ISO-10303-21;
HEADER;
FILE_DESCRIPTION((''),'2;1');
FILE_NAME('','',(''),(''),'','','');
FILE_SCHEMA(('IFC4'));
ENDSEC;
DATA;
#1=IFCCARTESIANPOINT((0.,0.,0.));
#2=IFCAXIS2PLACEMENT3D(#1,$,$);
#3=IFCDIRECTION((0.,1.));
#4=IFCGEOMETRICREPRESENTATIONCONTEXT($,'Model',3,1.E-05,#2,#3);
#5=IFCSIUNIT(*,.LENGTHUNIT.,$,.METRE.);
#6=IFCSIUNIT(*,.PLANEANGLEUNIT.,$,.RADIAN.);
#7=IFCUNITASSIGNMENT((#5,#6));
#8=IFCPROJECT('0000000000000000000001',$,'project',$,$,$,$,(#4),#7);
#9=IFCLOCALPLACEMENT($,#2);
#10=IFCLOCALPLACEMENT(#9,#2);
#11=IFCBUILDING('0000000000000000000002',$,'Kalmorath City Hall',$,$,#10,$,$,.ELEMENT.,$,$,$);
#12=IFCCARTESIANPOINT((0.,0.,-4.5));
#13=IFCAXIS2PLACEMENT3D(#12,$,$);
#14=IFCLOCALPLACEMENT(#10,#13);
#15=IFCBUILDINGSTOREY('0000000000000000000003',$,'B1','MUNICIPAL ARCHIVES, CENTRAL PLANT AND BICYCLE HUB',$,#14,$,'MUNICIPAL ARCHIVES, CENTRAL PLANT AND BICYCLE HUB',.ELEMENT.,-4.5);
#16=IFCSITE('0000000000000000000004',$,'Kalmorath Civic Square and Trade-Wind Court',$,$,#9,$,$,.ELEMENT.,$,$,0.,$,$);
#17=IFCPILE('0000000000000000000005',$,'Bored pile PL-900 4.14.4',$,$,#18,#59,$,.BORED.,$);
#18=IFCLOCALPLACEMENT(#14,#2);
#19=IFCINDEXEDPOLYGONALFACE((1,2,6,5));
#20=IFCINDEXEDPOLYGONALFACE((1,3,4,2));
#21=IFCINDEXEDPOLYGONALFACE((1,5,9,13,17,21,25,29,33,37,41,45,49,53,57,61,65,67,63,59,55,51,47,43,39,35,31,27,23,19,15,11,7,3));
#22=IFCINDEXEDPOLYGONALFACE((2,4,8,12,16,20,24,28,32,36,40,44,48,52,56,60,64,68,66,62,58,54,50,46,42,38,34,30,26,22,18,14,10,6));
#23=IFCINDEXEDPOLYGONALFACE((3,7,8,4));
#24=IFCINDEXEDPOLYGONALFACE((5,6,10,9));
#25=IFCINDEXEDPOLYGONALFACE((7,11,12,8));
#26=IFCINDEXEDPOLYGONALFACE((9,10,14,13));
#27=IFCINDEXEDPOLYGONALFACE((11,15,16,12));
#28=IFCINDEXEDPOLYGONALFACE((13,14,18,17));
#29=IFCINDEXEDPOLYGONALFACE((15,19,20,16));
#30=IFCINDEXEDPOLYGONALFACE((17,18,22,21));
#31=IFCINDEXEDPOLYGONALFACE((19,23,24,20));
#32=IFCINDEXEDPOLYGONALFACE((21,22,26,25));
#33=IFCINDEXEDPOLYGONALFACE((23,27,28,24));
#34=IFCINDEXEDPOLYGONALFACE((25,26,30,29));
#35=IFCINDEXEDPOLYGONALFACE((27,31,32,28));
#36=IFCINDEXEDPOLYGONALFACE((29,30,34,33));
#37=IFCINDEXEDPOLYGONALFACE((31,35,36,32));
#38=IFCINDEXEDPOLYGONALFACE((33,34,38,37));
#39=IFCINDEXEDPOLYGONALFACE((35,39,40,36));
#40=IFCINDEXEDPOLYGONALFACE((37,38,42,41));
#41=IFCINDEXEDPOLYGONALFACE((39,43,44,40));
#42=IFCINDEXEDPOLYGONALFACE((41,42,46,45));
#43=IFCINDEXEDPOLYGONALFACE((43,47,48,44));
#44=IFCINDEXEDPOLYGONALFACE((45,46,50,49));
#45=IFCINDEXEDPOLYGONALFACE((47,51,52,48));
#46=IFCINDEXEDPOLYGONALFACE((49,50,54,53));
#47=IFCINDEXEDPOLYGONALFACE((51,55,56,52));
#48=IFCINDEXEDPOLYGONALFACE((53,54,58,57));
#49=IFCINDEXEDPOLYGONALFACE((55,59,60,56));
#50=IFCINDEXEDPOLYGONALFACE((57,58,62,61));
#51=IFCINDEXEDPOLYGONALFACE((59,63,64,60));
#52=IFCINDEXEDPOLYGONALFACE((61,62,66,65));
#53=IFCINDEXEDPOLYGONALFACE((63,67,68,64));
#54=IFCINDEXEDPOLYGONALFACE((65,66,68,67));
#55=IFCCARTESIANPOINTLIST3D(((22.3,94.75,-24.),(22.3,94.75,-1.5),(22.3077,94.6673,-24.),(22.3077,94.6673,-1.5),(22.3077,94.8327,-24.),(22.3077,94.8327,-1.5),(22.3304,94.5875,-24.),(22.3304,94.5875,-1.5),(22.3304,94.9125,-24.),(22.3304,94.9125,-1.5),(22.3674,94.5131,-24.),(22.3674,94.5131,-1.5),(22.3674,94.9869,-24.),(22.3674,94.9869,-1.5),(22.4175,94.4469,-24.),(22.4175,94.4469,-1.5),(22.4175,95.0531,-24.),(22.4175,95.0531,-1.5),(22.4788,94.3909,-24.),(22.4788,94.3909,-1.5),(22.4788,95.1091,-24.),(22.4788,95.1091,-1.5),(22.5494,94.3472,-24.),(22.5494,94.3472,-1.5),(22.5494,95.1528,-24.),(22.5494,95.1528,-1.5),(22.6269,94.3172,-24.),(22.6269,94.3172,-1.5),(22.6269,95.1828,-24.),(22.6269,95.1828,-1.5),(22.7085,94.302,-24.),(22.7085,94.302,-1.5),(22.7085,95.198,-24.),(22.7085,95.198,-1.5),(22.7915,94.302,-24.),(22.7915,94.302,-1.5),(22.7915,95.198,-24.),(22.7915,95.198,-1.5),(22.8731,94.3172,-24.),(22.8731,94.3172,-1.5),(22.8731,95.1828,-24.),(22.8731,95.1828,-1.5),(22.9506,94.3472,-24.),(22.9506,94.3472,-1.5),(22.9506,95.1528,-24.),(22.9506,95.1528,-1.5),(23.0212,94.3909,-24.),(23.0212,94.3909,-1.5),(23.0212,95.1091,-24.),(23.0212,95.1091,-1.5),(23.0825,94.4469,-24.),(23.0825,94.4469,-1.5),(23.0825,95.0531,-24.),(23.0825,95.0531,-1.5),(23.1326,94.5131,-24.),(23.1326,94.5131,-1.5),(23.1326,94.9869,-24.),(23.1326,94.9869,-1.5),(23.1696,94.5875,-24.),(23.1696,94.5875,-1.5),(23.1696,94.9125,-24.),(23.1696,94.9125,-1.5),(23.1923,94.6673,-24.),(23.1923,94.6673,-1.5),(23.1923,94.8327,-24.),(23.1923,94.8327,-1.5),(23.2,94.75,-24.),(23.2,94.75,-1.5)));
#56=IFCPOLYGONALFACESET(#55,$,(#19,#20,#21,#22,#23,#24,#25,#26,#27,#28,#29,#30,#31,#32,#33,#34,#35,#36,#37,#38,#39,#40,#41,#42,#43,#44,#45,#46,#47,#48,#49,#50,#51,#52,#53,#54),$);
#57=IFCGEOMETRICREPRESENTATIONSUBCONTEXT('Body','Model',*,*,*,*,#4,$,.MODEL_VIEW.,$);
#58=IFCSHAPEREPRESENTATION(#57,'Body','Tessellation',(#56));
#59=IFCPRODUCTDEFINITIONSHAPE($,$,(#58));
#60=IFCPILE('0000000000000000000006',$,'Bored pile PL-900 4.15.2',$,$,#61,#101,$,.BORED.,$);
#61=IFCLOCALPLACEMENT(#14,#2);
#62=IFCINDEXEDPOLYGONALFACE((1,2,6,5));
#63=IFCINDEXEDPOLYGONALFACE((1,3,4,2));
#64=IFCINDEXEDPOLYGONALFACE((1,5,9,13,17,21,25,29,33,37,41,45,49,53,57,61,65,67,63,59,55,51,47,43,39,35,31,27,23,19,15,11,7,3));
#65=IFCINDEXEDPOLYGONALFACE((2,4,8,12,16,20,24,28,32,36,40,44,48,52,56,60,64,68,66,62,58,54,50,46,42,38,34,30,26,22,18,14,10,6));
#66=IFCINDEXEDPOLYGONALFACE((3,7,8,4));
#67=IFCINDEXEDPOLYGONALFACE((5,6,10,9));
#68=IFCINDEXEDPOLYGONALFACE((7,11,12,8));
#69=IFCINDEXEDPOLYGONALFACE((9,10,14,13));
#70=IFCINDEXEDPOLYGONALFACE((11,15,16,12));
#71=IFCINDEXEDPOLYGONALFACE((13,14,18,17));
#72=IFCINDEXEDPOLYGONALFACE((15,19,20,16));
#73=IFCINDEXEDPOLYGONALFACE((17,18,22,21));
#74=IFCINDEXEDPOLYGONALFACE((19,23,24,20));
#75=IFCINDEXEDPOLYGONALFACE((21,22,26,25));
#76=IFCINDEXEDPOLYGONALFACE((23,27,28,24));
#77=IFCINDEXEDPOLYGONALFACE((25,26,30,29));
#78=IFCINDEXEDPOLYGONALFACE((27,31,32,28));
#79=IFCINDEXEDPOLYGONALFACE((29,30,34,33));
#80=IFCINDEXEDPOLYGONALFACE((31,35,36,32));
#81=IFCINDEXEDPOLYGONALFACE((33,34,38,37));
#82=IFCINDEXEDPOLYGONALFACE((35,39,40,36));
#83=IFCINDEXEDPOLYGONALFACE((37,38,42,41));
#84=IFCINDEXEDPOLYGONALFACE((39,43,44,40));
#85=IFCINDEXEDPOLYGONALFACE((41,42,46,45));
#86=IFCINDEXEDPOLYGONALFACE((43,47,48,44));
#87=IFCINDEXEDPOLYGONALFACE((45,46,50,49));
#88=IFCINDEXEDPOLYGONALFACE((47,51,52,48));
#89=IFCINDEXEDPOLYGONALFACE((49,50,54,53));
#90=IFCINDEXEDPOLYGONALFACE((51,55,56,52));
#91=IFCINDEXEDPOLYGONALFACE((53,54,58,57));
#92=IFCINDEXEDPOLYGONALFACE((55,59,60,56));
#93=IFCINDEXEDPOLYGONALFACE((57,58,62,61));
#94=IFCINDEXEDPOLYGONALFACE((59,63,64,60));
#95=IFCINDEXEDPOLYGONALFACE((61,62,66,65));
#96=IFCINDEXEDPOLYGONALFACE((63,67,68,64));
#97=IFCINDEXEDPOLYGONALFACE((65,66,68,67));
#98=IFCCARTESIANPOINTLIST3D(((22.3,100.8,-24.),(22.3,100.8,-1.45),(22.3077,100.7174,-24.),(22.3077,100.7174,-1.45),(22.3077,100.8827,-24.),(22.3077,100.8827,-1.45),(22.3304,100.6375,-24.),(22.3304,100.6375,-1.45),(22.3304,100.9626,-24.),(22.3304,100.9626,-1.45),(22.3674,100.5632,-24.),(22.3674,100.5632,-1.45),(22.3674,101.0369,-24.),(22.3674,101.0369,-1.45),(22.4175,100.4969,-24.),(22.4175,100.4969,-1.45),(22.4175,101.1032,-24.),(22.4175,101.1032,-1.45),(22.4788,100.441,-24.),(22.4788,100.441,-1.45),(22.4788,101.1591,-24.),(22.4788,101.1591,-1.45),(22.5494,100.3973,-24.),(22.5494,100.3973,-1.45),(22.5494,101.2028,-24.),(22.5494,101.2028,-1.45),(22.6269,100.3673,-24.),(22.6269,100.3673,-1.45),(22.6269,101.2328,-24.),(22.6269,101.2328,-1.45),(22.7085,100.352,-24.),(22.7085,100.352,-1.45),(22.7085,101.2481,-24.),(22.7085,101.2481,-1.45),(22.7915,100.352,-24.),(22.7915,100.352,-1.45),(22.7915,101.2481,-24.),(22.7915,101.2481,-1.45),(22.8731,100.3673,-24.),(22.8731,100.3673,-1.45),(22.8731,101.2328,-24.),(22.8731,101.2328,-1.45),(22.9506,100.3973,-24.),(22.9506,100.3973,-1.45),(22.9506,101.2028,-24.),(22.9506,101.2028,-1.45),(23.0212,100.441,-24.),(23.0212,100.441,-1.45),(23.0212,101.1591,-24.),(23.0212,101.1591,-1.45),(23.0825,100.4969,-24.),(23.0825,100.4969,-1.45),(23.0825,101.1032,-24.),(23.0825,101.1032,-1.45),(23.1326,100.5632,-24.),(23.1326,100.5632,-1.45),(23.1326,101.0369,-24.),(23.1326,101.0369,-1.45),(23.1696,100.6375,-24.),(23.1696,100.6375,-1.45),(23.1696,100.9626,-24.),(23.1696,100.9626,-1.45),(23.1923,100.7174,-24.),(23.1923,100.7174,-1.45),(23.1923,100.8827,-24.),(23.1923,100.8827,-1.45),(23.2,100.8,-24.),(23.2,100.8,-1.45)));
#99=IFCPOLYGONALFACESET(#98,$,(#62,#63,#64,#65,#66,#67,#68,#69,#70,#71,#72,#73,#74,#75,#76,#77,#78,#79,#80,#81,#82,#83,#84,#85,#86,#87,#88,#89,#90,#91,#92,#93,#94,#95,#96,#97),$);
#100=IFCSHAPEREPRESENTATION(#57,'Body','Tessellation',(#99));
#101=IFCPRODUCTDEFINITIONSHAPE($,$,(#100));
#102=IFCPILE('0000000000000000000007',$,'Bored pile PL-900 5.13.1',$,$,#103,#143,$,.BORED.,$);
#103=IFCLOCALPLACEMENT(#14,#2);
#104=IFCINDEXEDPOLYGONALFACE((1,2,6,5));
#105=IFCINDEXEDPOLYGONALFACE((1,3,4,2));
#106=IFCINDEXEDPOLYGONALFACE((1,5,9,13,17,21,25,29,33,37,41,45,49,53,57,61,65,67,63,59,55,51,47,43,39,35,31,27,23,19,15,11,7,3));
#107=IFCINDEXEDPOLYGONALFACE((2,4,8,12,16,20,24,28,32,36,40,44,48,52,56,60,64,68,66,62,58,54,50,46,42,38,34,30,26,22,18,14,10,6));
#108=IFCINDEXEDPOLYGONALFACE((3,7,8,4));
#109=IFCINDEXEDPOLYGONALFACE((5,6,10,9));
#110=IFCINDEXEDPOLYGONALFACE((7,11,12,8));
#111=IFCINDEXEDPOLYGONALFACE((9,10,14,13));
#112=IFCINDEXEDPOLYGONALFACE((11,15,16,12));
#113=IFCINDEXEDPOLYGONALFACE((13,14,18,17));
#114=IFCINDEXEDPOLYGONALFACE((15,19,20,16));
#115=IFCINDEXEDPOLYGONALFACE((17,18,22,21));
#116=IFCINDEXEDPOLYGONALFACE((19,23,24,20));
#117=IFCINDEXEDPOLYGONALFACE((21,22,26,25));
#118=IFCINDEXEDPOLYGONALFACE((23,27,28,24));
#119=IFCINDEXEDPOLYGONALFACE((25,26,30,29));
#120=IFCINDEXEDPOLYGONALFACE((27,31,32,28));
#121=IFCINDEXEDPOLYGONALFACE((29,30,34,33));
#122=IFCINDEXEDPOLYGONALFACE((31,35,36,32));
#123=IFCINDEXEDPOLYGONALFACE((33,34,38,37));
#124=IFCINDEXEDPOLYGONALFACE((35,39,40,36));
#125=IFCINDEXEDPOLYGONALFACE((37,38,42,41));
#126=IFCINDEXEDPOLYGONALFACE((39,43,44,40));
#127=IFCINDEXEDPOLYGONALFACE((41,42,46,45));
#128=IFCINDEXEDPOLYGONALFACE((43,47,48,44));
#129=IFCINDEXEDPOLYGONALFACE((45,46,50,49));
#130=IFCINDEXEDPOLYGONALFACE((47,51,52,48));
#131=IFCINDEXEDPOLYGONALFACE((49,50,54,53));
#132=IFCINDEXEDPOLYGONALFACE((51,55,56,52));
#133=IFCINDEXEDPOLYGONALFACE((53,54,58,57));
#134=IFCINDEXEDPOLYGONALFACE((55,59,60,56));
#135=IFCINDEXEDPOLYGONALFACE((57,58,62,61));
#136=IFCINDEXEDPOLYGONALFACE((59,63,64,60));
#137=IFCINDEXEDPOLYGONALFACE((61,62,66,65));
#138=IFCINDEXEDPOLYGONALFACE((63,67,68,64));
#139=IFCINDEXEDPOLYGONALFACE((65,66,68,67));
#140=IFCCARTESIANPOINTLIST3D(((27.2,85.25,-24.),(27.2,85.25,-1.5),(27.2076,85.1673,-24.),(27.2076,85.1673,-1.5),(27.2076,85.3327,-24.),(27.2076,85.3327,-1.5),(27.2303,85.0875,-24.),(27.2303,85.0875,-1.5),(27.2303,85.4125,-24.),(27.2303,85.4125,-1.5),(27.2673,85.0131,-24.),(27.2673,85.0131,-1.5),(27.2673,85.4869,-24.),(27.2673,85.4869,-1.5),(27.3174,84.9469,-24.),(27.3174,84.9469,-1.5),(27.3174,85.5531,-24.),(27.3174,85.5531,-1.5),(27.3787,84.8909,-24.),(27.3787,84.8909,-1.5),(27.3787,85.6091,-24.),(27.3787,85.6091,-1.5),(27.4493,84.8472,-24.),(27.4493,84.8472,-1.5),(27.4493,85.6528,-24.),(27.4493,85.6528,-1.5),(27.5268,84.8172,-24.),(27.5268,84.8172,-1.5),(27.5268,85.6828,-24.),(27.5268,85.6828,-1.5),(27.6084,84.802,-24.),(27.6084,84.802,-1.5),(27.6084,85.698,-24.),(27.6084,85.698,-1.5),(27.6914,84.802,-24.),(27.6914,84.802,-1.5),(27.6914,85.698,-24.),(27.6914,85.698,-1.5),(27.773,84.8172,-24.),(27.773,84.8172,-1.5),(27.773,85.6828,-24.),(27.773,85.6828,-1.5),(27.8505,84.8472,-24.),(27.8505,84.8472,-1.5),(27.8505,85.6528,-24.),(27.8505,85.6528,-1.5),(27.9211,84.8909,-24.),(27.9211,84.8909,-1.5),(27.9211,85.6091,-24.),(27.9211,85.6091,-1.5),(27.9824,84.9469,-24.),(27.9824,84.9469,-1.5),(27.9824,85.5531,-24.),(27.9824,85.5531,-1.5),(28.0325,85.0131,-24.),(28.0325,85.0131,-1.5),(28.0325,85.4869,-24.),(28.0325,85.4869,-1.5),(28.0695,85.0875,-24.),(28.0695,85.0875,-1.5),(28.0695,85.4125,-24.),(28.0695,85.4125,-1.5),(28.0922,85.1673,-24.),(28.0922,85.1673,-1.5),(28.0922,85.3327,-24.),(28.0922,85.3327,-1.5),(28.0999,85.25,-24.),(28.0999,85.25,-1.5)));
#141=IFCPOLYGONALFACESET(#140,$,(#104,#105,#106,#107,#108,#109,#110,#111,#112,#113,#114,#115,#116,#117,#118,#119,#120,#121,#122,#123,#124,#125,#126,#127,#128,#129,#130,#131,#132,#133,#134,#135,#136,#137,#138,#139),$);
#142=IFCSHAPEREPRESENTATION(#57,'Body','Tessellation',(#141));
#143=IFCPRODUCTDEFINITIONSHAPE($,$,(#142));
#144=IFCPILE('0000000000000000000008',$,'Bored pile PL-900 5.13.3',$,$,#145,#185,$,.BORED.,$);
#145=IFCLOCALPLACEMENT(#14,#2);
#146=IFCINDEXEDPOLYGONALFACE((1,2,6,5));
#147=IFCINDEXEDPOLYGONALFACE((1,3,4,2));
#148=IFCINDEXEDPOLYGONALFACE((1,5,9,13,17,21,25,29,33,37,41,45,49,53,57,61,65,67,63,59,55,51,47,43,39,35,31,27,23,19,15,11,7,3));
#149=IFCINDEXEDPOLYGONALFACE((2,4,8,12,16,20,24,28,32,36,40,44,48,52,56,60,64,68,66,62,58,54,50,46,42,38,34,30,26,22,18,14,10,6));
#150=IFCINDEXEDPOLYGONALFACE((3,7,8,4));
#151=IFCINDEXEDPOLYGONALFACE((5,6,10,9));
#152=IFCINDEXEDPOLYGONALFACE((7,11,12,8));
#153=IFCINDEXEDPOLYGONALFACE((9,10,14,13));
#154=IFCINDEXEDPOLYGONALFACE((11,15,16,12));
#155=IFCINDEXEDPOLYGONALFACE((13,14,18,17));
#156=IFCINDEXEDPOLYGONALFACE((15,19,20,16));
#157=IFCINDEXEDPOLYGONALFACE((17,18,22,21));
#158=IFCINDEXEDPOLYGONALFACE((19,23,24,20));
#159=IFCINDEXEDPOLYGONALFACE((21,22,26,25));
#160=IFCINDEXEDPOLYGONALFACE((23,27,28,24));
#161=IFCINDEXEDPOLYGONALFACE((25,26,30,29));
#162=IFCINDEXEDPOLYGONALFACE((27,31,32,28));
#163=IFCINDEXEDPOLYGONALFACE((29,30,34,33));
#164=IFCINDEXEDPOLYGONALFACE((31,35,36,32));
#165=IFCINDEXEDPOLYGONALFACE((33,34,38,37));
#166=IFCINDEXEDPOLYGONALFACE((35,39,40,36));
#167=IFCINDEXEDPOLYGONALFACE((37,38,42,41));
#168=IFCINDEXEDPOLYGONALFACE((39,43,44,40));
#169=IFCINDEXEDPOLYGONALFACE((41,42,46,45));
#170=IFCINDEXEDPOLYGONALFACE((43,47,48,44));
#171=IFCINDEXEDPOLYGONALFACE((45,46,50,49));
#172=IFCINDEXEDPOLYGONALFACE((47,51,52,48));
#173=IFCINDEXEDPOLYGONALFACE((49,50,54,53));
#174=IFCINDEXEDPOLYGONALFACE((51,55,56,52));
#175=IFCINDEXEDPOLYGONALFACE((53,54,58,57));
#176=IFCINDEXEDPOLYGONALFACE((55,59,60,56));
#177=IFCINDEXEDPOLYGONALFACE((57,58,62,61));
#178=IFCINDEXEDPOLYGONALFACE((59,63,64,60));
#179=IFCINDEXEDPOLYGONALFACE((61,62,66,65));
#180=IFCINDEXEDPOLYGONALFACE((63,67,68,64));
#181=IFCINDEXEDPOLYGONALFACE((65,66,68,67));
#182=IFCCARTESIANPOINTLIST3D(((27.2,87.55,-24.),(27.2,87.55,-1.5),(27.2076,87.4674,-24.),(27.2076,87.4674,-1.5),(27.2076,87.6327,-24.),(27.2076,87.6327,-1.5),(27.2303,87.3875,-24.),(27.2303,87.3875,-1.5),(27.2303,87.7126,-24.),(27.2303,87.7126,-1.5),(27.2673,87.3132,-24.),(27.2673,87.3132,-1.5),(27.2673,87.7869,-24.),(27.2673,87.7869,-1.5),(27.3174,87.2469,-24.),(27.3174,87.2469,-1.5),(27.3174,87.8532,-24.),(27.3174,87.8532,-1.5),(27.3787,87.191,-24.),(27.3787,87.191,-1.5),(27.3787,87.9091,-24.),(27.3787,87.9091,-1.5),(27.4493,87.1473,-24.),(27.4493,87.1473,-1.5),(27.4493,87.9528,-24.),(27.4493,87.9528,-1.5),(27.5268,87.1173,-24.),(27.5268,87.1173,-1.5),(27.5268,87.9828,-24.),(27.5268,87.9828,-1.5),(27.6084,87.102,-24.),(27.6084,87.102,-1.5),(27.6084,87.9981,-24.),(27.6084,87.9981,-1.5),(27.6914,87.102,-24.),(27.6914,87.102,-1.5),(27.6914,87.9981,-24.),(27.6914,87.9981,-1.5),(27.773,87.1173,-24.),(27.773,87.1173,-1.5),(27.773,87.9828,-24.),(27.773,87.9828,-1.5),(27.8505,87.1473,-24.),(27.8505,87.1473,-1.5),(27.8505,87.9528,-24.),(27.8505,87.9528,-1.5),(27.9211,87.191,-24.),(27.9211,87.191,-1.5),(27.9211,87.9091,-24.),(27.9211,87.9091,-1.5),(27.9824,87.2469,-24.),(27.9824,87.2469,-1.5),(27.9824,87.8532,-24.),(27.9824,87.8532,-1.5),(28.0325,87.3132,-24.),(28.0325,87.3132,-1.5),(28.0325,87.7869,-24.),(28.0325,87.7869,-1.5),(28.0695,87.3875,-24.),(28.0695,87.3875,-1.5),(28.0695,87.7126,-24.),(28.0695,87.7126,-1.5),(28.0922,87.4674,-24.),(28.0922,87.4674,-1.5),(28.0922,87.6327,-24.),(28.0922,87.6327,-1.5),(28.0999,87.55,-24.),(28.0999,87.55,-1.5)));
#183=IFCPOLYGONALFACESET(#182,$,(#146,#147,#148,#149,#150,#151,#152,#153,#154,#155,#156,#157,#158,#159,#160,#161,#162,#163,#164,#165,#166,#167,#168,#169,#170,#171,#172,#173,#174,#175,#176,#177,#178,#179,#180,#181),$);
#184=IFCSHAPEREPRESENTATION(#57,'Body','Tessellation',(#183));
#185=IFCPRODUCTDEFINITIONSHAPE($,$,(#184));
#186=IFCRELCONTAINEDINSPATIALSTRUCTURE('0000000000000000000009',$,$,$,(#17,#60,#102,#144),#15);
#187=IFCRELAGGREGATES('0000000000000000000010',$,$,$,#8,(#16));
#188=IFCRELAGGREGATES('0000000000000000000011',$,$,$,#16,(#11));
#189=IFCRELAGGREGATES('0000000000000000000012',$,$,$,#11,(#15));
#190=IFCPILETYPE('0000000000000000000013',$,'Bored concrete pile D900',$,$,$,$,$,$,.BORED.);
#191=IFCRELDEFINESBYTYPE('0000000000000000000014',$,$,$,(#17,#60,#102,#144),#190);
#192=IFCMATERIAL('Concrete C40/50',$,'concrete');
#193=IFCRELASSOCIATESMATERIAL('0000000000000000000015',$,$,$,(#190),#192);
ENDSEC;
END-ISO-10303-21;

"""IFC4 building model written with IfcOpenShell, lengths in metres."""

from ifc_helpers import new_model, si_unit, direction, frame, origin, origin_2d, place, context, subcontext, project, spatial, circle, extrude, material, material_profile, profile_set, type_object, element, save


model = new_model("IFC4")

# Units and contexts
model_context = context("Model", 3, precision=1e-05, world=origin(), true_north=direction((0.0, 1.0)))
body_context = subcontext(model_context, "Body", "Model", "MODEL_VIEW")
ifc_project = project(units=[si_unit("LENGTHUNIT", "METRE"), si_unit("PLANEANGLEUNIT", "RADIAN")], contexts=[model_context])

# Site, building, storey
site_placement = place(None, origin())
site = spatial("IfcSite", under=ifc_project, at=site_placement, Name="Kalmorath Civic Square and Trade-Wind Court", CompositionType="ELEMENT", RefElevation=0.0)
building_placement = place(site_placement, origin())
building = spatial("IfcBuilding", under=site, at=building_placement, Name="Kalmorath City Hall", CompositionType="ELEMENT")
storey_placement = place(building_placement, frame((0.0, 0.0, -4.5)))
storey = spatial("IfcBuildingStorey", under=building, at=storey_placement, Name="B1", Description="MUNICIPAL ARCHIVES, CENTRAL PLANT AND BICYCLE HUB", LongName="MUNICIPAL ARCHIVES, CENTRAL PLANT AND BICYCLE HUB", CompositionType="ELEMENT", Elevation=-4.5)

# Piles
ifc_material_1 = material(Name="Concrete C40/50", Category="concrete")
ifc_material_profile_1 = material_profile(ifc_material_1, circle(Radius=0.45, at=origin_2d()), Name="PILE-D900")
ifc_profile_set_1 = profile_set([ifc_material_profile_1], Name="Concrete C40/50")
pile_type = type_object("IfcPileType", Name="Bored concrete pile D900", PredefinedType="BORED", material=ifc_profile_set_1)
for number, where, z_axis, x_axis, name in (
    (1, (22.75, 94.75, -1.5), (0.0, 0.0, -1.0), (1.0, 0.0, 0.0), "Bored pile PL-900 4.14.4"),
):
    element("IfcPile", number, at=place(storey_placement, frame(where, z_axis=z_axis, x_axis=x_axis)), inside=storey, type_object=pile_type, Name=name, PredefinedType="BORED", context=body_context, shape_type="SweptSolid", body=[
        extrude(circle(Radius=0.45, at=origin_2d()), origin(), (0.0, 0.0, 1.0), 22.5),
    ])
pile_1_placement = place(storey_placement, frame((22.75, 100.8, -1.45), z_axis=(0.0, 0.0, -1.0), x_axis=(1.0, 0.0, 0.0)))
element("IfcPile", 2, at=pile_1_placement, inside=storey, type_object=pile_type, Name="Bored pile PL-900 4.15.2", PredefinedType="BORED", context=body_context, shape_type="SweptSolid", body=[
    extrude(circle(Radius=0.45, at=origin_2d()), origin(), (0.0, 0.0, 1.0), 22.55),
])
for number, where, z_axis, x_axis, name in (
    (3, (27.6499, 85.25, -1.5), (0.0, 0.0, -1.0), (1.0, 0.0, 0.0), "Bored pile PL-900 5.13.1"),
    (4, (27.6499, 87.55, -1.5), (0.0, 0.0, -1.0), (1.0, 0.0, 0.0), "Bored pile PL-900 5.13.3"),
):
    element("IfcPile", number, at=place(storey_placement, frame(where, z_axis=z_axis, x_axis=x_axis)), inside=storey, type_object=pile_type, Name=name, PredefinedType="BORED", context=body_context, shape_type="SweptSolid", body=[
        extrude(circle(Radius=0.45, at=origin_2d()), origin(), (0.0, 0.0, 1.0), 22.5),
    ])

save(model, "model.ifc")
